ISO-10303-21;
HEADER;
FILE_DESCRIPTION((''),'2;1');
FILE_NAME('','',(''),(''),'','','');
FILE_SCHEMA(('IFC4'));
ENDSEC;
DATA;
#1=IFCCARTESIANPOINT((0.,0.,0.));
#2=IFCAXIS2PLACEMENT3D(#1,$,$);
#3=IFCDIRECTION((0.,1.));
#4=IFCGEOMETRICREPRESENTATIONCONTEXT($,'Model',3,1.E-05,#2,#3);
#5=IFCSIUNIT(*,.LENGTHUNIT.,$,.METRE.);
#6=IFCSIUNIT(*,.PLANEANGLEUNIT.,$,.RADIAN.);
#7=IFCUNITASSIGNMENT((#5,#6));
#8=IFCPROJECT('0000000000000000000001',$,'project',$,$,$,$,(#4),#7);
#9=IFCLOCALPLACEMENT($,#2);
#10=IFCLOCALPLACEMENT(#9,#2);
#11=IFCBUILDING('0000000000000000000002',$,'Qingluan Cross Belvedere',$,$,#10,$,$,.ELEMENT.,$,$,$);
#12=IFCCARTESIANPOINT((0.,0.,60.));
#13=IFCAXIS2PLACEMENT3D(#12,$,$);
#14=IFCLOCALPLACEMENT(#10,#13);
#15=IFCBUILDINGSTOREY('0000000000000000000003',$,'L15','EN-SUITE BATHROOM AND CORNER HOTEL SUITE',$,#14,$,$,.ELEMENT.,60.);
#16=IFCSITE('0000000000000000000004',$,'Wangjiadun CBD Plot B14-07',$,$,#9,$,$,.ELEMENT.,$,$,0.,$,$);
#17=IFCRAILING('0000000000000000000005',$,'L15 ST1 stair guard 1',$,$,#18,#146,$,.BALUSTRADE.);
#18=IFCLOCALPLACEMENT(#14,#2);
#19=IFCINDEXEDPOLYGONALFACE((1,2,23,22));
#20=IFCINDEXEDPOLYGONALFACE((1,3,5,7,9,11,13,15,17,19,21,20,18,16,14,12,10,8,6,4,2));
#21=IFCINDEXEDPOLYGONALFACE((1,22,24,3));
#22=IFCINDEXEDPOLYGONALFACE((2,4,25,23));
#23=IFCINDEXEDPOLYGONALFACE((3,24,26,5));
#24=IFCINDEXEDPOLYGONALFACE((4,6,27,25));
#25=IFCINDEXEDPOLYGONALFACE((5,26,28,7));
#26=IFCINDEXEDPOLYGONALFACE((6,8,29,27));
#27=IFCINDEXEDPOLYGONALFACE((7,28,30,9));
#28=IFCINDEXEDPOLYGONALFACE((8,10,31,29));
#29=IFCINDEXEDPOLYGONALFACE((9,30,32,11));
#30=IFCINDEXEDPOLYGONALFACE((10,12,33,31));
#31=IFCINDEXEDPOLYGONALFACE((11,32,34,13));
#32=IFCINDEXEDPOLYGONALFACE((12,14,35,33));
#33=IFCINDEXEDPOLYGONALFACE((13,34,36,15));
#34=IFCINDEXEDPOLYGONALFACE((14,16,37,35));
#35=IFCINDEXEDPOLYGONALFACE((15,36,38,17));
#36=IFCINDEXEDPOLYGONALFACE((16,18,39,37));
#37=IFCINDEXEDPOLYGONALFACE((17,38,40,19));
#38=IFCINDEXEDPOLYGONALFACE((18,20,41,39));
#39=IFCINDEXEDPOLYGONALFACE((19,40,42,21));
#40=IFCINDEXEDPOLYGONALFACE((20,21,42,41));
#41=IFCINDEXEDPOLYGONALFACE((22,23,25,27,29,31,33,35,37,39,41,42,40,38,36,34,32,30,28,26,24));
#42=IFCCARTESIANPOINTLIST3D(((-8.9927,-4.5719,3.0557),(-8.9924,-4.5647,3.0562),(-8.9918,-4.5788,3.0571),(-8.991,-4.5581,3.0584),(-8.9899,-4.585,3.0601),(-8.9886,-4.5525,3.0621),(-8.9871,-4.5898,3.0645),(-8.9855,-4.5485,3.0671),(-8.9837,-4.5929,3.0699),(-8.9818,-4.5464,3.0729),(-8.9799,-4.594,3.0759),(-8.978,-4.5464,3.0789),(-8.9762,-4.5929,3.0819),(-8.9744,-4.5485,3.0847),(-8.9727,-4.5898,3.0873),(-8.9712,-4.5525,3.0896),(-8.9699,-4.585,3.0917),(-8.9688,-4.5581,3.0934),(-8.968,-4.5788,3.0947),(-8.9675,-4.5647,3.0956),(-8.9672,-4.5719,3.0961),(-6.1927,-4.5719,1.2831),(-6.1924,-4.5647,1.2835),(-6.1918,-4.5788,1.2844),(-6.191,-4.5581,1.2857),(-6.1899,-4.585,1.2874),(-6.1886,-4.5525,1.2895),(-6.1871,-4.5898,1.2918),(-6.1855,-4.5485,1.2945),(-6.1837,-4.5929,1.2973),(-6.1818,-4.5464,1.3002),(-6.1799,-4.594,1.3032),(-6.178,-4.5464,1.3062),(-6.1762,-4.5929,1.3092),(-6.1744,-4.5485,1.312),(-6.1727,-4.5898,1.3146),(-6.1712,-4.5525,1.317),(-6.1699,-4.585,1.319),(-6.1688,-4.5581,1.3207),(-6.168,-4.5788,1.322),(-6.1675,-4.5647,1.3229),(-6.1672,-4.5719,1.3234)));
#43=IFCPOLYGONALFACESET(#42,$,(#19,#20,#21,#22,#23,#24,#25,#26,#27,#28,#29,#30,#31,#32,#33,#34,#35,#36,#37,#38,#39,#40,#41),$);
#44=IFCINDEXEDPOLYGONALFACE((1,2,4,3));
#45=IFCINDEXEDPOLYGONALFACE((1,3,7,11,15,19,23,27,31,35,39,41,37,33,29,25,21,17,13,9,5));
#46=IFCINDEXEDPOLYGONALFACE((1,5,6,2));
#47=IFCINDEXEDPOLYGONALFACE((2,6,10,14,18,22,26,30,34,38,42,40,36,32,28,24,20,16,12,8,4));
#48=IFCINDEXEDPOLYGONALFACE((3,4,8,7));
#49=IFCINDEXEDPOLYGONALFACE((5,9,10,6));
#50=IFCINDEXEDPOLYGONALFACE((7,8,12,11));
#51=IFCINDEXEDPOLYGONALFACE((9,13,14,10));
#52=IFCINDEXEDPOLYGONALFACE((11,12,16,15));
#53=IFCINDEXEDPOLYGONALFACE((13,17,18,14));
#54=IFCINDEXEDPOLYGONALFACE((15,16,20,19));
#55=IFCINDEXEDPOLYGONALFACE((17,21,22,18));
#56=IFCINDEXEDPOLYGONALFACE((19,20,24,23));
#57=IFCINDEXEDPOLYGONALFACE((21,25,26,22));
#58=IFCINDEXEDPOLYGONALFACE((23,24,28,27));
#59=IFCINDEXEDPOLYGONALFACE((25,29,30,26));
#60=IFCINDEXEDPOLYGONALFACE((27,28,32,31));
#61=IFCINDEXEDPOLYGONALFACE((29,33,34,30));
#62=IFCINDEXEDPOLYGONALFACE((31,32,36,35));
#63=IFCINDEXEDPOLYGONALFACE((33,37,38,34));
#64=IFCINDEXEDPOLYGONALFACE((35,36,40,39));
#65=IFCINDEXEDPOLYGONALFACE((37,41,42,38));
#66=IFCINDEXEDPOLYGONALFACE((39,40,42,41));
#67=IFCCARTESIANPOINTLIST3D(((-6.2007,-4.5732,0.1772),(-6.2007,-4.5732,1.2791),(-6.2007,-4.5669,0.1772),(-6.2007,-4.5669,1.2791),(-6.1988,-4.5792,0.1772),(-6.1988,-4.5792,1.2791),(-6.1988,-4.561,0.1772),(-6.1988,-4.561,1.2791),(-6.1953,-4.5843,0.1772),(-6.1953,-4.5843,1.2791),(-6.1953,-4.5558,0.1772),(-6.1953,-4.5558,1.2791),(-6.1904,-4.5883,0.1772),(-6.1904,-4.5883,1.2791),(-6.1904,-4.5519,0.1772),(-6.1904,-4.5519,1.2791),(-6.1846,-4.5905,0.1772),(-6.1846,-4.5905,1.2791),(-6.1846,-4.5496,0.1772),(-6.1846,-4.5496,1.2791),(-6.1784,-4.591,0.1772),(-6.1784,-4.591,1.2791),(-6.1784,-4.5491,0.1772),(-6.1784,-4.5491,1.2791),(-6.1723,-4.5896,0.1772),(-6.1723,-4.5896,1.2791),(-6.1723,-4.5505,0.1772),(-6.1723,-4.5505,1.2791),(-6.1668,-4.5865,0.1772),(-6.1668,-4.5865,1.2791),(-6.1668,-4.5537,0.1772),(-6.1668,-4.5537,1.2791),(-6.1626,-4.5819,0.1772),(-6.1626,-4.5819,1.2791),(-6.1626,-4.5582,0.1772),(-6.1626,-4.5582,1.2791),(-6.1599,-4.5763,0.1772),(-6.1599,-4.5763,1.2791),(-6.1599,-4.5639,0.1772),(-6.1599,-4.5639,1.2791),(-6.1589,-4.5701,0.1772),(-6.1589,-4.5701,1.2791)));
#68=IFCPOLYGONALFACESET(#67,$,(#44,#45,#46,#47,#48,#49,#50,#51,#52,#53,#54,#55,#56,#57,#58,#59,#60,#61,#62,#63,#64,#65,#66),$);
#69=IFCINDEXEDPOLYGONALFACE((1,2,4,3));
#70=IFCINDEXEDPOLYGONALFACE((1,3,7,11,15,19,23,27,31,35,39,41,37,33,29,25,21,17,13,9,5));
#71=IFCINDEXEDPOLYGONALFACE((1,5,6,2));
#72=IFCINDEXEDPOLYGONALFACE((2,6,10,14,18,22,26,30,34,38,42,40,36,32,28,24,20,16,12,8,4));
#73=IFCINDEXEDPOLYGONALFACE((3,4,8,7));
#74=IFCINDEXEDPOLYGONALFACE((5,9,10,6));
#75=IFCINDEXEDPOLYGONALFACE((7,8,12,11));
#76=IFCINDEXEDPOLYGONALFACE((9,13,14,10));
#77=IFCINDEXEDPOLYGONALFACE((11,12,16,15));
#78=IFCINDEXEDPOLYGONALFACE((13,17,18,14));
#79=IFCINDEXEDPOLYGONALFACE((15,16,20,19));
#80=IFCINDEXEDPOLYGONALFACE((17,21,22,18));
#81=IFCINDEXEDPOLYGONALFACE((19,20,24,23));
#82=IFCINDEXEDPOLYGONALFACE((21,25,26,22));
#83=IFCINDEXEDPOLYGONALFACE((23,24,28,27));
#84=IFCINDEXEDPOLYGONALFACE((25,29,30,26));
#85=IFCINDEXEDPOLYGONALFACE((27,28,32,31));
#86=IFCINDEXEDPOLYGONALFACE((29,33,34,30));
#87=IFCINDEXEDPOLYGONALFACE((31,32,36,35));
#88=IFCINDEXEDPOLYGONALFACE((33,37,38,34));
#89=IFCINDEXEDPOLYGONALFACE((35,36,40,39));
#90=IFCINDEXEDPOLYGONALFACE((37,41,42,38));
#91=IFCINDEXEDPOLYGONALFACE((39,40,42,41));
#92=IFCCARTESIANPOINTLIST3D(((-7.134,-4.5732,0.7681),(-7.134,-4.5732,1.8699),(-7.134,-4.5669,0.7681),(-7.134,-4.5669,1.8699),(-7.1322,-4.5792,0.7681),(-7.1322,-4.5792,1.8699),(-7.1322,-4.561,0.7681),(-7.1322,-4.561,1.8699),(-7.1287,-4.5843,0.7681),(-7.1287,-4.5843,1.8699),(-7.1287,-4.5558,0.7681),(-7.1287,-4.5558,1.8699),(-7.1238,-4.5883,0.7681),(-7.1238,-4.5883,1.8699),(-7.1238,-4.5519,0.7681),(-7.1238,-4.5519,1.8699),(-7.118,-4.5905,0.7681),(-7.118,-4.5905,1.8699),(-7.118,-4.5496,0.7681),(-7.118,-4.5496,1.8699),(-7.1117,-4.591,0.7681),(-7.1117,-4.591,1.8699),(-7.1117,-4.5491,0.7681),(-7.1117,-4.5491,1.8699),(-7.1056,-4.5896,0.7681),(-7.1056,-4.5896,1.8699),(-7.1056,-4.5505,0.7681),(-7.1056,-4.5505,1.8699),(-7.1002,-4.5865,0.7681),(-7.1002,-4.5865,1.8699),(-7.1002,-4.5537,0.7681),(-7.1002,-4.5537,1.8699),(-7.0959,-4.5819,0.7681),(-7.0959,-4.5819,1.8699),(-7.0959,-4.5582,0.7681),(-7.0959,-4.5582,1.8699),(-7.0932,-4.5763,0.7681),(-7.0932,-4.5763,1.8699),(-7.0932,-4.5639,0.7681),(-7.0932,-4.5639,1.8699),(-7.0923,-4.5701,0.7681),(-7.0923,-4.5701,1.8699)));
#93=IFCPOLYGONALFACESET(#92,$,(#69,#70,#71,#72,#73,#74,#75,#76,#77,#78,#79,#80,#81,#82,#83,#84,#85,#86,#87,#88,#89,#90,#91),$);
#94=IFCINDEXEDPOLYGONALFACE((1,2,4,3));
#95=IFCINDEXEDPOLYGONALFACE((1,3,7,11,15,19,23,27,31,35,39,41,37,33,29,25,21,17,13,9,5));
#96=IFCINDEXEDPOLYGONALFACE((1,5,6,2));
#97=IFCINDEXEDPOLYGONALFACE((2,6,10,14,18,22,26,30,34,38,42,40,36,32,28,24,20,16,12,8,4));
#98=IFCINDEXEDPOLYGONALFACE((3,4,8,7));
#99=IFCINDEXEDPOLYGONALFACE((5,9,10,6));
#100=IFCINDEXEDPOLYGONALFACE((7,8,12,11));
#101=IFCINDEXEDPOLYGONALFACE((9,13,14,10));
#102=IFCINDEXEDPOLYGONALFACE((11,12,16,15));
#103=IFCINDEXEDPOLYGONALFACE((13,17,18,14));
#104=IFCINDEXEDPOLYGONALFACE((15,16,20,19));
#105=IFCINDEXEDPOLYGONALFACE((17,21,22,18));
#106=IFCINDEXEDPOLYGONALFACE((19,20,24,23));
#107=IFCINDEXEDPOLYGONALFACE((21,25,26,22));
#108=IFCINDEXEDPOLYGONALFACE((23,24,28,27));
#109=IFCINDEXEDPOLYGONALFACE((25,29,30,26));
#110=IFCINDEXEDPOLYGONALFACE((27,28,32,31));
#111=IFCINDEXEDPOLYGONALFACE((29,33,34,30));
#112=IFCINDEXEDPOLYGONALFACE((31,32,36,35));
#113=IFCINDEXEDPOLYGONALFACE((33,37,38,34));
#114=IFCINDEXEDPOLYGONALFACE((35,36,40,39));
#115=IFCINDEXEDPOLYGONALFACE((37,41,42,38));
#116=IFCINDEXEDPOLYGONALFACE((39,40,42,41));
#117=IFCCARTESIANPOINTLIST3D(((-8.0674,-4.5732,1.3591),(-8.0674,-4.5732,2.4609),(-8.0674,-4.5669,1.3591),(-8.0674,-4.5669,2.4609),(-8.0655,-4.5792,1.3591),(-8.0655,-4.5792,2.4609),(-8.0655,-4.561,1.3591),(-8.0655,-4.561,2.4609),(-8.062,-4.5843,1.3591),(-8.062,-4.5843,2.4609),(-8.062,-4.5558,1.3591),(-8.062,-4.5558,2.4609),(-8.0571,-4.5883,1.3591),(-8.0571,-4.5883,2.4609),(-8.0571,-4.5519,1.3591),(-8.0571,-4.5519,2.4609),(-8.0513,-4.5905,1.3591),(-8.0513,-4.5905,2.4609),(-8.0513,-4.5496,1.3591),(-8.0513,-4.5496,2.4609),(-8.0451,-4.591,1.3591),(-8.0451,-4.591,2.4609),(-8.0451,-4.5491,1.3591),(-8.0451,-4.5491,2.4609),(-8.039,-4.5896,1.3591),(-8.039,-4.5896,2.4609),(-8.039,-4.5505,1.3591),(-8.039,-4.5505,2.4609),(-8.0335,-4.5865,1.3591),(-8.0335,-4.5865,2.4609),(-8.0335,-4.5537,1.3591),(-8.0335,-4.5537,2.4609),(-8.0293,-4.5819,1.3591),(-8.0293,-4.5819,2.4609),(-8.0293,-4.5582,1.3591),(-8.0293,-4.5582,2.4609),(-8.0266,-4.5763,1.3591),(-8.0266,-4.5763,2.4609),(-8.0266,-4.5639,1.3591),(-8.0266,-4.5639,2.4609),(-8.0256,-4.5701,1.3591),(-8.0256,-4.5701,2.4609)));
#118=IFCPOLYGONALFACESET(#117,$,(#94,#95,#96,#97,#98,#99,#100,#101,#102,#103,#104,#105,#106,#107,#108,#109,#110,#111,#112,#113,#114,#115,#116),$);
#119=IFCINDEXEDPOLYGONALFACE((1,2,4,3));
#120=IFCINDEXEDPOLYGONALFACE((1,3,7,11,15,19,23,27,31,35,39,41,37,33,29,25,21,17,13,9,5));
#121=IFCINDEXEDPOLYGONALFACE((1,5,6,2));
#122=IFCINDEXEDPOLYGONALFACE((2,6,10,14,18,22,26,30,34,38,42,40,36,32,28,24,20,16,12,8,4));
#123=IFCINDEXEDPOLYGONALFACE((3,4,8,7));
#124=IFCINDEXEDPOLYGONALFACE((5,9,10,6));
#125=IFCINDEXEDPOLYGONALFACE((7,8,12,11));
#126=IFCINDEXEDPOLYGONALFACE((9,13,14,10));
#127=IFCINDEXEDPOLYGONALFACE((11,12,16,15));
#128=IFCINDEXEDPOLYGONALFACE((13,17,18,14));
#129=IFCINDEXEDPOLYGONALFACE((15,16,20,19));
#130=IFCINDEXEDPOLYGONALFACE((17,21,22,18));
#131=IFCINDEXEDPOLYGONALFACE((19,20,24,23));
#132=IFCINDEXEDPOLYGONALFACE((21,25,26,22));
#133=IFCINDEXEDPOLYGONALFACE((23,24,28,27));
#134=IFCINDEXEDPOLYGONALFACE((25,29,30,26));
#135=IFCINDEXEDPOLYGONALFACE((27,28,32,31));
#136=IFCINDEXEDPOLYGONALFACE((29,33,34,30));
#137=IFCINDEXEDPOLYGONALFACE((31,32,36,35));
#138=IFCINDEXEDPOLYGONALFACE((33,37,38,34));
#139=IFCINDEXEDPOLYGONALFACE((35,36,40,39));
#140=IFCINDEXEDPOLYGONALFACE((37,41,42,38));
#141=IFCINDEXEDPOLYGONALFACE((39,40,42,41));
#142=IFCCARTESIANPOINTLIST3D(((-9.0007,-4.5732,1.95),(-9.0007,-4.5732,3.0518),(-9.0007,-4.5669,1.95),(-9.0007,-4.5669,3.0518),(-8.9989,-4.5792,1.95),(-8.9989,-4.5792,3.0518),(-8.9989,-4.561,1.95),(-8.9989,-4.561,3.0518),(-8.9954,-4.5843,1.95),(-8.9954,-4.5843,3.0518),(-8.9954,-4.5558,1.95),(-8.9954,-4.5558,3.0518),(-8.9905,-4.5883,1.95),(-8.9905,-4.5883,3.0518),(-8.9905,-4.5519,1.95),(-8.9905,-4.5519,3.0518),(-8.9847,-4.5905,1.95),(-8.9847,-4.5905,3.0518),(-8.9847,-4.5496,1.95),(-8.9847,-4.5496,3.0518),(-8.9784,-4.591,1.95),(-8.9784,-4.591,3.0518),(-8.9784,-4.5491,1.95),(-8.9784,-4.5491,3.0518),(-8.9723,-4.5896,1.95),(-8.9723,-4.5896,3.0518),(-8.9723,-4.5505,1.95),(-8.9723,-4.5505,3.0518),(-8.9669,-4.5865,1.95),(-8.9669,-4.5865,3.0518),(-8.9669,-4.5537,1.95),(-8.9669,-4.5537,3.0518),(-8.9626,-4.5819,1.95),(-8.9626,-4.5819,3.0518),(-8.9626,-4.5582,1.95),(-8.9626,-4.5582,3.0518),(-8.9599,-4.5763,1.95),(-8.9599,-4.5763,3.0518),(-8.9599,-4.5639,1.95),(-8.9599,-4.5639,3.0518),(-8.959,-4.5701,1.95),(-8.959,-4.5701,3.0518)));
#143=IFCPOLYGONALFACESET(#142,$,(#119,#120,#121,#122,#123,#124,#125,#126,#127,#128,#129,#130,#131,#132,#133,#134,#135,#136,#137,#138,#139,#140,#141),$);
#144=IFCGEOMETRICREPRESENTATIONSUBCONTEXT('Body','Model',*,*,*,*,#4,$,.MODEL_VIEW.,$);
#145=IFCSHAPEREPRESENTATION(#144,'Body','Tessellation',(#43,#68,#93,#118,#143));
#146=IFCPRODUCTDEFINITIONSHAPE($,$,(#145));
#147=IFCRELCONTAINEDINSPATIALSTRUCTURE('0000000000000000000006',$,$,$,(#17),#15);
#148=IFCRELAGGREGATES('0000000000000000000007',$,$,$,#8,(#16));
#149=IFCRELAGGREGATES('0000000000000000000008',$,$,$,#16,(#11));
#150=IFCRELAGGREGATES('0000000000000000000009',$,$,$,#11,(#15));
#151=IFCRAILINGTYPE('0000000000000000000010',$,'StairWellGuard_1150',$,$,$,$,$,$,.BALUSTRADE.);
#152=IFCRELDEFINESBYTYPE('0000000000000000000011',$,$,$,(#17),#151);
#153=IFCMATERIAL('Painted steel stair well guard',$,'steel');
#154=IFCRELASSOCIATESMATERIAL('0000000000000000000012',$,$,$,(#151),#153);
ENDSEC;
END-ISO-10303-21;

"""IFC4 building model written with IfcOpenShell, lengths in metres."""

from ifc_helpers import new_model, si_unit, direction, frame, origin, origin_2d, place, context, subcontext, project, spatial, circle, extrude, material, type_object, element, save


model = new_model("IFC4")

# Units and contexts
model_context = context("Model", 3, precision=1e-05, world=origin(), true_north=direction((0.0, 1.0)))
body_context = subcontext(model_context, "Body", "Model", "MODEL_VIEW")
ifc_project = project(units=[si_unit("LENGTHUNIT", "METRE"), si_unit("PLANEANGLEUNIT", "RADIAN")], contexts=[model_context])

# Site, building, storey
site_placement = place(None, origin())
site = spatial("IfcSite", under=ifc_project, at=site_placement, Name="Wangjiadun CBD Plot B14-07", CompositionType="ELEMENT", RefElevation=0.0)
building_placement = place(site_placement, origin())
building = spatial("IfcBuilding", under=site, at=building_placement, Name="Qingluan Cross Belvedere", CompositionType="ELEMENT")
storey_placement = place(building_placement, frame((0.0, 0.0, 60.0)))
storey = spatial("IfcBuildingStorey", under=building, at=storey_placement, Name="L15", Description="EN-SUITE BATHROOM AND CORNER HOTEL SUITE", CompositionType="ELEMENT", Elevation=60.0)

# Railing
ifc_material_1 = material(Name="Painted steel stair well guard", Category="steel")
railing_type_1 = type_object("IfcRailingType", Name="StairWellGuard_1150", PredefinedType="BALUSTRADE", material=ifc_material_1)
railing_1_placement = place(storey_placement, frame((-6.1799, -4.5701, 0.1772)))
element("IfcRailing", 1, at=railing_1_placement, inside=storey, type_object=railing_type_1, Name="L15 ST1 stair guard 1", PredefinedType="BALUSTRADE", context=body_context, shape_type="SweptSolid", body=[
    extrude(circle(Radius=0.0239, at=origin_2d()), frame((0.0, 0.0, 1.126), z_axis=(-0.844909, 0.0, 0.53491), x_axis=(0.0, -1.0, 0.0)), (0.0, 0.0, 1.0), 3.314),
    extrude(circle(Radius=0.021, at=origin_2d()), origin(), (0.0, 0.0, 1.0), 1.1018),
    extrude(circle(Radius=0.021, at=origin_2d()), frame((-0.9333, 0.0, 0.5908)), (0.0, 0.0, 1.0), 1.1018),
    extrude(circle(Radius=0.021, at=origin_2d()), frame((-1.8667, 0.0, 1.1819)), (0.0, 0.0, 1.0), 1.1018),
    extrude(circle(Radius=0.021, at=origin_2d()), frame((-2.8, 0.0, 1.7727)), (0.0, 0.0, 1.0), 1.1018),
])

save(model, "model.ifc")
